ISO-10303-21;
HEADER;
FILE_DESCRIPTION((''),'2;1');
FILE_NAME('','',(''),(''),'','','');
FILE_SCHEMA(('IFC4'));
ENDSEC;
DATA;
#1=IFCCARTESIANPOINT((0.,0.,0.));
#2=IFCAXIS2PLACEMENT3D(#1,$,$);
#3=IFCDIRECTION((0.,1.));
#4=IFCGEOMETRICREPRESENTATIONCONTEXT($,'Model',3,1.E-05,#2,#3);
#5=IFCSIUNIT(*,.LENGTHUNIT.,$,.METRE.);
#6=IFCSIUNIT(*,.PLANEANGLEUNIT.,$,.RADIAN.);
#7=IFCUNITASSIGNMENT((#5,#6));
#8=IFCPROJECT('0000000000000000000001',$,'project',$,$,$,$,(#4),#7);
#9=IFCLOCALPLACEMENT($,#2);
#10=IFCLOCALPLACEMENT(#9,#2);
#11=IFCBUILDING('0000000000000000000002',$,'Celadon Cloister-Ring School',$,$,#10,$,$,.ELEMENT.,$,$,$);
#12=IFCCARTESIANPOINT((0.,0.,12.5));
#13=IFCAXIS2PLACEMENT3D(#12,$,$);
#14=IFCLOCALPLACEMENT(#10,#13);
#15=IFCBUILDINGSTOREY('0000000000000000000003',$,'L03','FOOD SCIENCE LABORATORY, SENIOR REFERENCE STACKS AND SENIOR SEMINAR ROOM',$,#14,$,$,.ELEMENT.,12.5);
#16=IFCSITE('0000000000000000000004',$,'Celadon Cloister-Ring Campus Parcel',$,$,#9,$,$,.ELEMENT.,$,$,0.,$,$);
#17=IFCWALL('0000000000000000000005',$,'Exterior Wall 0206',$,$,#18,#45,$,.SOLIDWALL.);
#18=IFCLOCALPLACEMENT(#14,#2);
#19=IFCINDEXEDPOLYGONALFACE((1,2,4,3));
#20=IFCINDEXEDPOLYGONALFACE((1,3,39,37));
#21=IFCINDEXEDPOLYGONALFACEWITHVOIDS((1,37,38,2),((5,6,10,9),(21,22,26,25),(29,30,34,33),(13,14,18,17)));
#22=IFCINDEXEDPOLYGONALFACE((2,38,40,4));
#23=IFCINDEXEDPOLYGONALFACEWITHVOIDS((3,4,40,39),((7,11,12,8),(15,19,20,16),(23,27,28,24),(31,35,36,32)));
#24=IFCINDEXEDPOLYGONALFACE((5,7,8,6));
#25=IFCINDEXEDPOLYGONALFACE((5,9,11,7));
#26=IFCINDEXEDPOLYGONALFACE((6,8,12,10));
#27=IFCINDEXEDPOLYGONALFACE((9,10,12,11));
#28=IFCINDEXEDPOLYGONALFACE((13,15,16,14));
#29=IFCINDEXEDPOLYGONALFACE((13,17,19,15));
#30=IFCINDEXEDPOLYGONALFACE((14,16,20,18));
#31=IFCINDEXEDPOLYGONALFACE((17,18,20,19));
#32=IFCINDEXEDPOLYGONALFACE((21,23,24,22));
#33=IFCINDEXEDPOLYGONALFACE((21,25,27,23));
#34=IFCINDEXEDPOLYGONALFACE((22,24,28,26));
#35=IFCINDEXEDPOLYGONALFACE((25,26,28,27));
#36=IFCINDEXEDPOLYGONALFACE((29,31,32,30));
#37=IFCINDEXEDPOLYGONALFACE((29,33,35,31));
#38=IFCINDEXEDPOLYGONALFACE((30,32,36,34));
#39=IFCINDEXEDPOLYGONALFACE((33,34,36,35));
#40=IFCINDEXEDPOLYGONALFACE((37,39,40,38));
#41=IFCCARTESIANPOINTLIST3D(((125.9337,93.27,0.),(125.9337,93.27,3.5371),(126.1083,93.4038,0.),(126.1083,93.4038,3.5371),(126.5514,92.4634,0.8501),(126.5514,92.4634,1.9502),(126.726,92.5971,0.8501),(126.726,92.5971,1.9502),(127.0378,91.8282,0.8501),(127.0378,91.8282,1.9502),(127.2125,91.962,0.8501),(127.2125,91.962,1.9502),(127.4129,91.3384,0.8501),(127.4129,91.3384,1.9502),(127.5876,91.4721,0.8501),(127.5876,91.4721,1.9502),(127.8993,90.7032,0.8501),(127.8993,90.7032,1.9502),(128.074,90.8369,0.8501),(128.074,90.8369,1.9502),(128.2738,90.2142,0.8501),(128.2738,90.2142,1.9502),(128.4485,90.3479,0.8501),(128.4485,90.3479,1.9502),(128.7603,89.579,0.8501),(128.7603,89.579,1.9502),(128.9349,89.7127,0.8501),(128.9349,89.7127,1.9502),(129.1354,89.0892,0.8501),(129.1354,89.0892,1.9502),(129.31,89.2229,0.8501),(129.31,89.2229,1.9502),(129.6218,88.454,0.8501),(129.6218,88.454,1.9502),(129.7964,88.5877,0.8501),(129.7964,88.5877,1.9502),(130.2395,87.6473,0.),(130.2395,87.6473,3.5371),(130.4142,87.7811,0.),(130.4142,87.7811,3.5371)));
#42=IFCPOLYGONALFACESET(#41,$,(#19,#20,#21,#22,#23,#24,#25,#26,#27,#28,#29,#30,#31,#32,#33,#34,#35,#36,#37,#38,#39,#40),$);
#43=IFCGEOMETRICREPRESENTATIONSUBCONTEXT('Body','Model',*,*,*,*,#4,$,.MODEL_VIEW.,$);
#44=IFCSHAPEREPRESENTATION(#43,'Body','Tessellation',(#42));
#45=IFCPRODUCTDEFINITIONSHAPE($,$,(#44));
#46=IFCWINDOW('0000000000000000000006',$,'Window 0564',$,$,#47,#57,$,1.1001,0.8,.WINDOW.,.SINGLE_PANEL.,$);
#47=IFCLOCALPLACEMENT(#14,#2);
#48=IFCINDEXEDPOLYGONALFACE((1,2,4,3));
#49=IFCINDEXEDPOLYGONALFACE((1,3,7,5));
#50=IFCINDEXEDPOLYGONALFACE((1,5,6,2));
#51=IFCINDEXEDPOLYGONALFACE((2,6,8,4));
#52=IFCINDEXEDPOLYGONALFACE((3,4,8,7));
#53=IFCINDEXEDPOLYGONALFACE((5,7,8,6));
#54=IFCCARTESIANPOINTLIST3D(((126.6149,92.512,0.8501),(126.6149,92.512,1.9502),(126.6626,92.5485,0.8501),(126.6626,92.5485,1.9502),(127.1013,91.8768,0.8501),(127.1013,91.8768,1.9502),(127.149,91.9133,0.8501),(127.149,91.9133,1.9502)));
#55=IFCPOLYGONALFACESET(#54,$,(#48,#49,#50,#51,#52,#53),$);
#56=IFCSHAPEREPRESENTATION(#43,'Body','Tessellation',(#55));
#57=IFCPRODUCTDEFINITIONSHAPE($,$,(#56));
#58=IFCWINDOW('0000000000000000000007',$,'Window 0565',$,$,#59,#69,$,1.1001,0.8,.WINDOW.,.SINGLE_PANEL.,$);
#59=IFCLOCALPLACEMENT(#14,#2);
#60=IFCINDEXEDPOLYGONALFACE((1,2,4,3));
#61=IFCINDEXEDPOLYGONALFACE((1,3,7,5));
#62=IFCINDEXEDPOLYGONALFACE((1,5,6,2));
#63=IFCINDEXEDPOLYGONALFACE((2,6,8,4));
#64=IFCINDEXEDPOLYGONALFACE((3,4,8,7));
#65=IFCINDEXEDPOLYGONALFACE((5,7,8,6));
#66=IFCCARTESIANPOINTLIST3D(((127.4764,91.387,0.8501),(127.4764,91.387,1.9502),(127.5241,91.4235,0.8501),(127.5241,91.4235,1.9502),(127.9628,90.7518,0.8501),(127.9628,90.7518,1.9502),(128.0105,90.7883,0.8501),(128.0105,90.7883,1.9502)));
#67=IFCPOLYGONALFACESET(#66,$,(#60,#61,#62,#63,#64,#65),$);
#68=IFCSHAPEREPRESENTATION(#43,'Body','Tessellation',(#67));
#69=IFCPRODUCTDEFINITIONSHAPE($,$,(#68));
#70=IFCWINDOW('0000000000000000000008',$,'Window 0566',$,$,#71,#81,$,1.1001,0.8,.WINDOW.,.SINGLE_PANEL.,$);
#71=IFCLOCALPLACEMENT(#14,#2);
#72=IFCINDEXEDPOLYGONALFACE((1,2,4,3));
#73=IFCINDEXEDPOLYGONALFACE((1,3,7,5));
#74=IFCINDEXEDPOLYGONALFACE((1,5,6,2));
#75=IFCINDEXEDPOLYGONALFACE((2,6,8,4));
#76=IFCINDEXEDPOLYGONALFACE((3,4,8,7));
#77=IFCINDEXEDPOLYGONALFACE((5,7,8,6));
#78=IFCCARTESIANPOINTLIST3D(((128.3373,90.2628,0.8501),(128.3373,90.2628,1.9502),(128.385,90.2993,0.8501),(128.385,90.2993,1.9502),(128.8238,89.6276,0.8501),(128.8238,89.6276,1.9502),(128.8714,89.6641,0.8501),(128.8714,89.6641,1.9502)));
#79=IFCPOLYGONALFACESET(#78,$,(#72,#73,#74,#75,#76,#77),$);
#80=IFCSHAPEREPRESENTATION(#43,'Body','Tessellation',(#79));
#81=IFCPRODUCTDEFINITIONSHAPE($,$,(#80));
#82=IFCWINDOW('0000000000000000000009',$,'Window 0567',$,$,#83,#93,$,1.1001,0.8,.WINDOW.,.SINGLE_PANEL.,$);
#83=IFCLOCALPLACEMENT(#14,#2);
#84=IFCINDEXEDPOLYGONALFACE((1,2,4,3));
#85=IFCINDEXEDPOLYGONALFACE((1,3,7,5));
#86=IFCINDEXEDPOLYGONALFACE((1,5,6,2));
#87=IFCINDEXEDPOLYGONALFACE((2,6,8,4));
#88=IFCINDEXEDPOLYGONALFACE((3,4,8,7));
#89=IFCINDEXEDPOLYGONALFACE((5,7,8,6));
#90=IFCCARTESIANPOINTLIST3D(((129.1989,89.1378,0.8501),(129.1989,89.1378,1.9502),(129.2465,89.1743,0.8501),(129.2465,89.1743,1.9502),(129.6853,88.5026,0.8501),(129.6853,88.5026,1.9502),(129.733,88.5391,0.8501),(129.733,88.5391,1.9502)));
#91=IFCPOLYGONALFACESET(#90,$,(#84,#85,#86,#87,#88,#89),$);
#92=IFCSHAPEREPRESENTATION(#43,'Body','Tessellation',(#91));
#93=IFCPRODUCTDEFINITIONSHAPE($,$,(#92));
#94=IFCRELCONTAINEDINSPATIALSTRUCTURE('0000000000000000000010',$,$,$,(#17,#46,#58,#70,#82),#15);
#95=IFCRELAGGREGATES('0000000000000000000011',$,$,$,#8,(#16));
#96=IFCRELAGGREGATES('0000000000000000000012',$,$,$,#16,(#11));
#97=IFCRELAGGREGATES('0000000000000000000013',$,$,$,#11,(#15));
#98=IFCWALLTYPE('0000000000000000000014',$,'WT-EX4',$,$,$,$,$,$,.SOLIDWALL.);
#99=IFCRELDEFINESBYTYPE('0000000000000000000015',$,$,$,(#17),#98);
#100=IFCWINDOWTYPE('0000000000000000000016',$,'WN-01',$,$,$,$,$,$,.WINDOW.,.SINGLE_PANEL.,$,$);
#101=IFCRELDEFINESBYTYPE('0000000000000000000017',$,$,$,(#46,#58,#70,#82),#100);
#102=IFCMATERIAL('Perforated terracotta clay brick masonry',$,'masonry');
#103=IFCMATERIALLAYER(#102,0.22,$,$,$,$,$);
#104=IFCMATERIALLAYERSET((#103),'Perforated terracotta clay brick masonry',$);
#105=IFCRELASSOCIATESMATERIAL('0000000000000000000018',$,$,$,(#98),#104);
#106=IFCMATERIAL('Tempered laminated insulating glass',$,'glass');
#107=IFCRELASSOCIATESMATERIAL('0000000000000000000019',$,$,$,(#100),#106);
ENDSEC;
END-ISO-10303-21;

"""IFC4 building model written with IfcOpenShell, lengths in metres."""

from ifc_helpers import new_model, si_unit, direction, frame, frame_2d, origin, place, context, subcontext, project, spatial, rectangle, extrude, material, layer, layer_set, type_object, element, fill, save


model = new_model("IFC4")

# Units and contexts
model_context = context("Model", 3, precision=1e-05, world=origin(), true_north=direction((0.0, 1.0)))
body_context = subcontext(model_context, "Body", "Model", "MODEL_VIEW")
ifc_project = project(units=[si_unit("LENGTHUNIT", "METRE"), si_unit("PLANEANGLEUNIT", "RADIAN")], contexts=[model_context])

# Site, building, storey
site_placement = place(None, origin())
site = spatial("IfcSite", under=ifc_project, at=site_placement, Name="Celadon Cloister-Ring Campus Parcel", CompositionType="ELEMENT", RefElevation=0.0)
building_placement = place(site_placement, origin())
building = spatial("IfcBuilding", under=site, at=building_placement, Name="Celadon Cloister-Ring School", CompositionType="ELEMENT")
storey_placement = place(building_placement, frame((0.0, 0.0, 12.5)))
storey = spatial("IfcBuildingStorey", under=building, at=storey_placement, Name="L03", Description="FOOD SCIENCE LABORATORY, SENIOR REFERENCE STACKS AND SENIOR SEMINAR ROOM", CompositionType="ELEMENT", Elevation=12.5)

# Wall, openings, windows
ifc_material_1 = material(Name="Perforated terracotta clay brick masonry", Category="masonry")
ifc_layer_1 = layer(ifc_material_1, 0.22)
ifc_layer_set_1 = layer_set([ifc_layer_1], Name="Perforated terracotta clay brick masonry")
wall_type = type_object("IfcWallType", Name="WT-EX4", PredefinedType="SOLIDWALL", material=ifc_layer_set_1)
wall_1_placement = place(storey_placement, frame((126.021, 93.3369, 0.0), z_axis=(0.0, 0.0, 1.0), x_axis=(0.607995, -0.793941, 0.0)))
wall_1 = element("IfcWall", 1, at=wall_1_placement, inside=storey, type_object=wall_type, Name="Exterior Wall 0206", PredefinedType="SOLIDWALL", context=body_context, shape_type="SweptSolid", body=[
    extrude(rectangle(XDim=7.082, YDim=0.22, at=frame_2d((3.541, 0.0))), origin(), (0.0, 0.0, 1.0), 3.5371),
])
opening_1_placement = place(wall_1_placement, frame((1.0161, 0.0, 0.8501)))
opening_1 = element("IfcOpeningElement", 2, at=opening_1_placement, cuts=wall_1, PredefinedType="OPENING", context=body_context, shape_type="SweptSolid", body=[
    extrude(rectangle(XDim=0.8, YDim=1.1001, at=frame_2d((0.3999, 0.55))), frame((0.0, 0.1201, 0.0), z_axis=(0.0, -1.0, 0.0), x_axis=(1.0, 0.0, 0.0)), (0.0, 0.0, 1.0), 0.24),
])
opening_2_placement = place(wall_1_placement, frame((2.4331, 0.0, 0.8501)))
opening_2 = element("IfcOpeningElement", 3, at=opening_2_placement, cuts=wall_1, PredefinedType="OPENING", context=body_context, shape_type="SweptSolid", body=[
    extrude(rectangle(XDim=0.8, YDim=1.1001, at=frame_2d((0.3999, 0.55))), frame((0.0, 0.1201, 0.0), z_axis=(0.0, -1.0, 0.0), x_axis=(1.0, 0.0, 0.0)), (0.0, 0.0, 1.0), 0.24),
])
opening_3_placement = place(wall_1_placement, frame((3.8491, 0.0, 0.8501)))
opening_3 = element("IfcOpeningElement", 4, at=opening_3_placement, cuts=wall_1, PredefinedType="OPENING", context=body_context, shape_type="SweptSolid", body=[
    extrude(rectangle(XDim=0.8, YDim=1.1001, at=frame_2d((0.3999, 0.55))), frame((0.0, 0.1201, 0.0), z_axis=(0.0, -1.0, 0.0), x_axis=(1.0, 0.0, 0.0)), (0.0, 0.0, 1.0), 0.24),
])
opening_4_placement = place(wall_1_placement, frame((5.2661, 0.0, 0.8501)))
opening_4 = element("IfcOpeningElement", 5, at=opening_4_placement, cuts=wall_1, PredefinedType="OPENING", context=body_context, shape_type="SweptSolid", body=[
    extrude(rectangle(XDim=0.8, YDim=1.1001, at=frame_2d((0.3999, 0.55))), frame((0.0, 0.1201, 0.0), z_axis=(0.0, -1.0, 0.0), x_axis=(1.0, 0.0, 0.0)), (0.0, 0.0, 1.0), 0.24),
])
ifc_material_2 = material(Name="Tempered laminated insulating glass", Category="glass")
window_type = type_object("IfcWindowType", Name="WN-01", PartitioningType="SINGLE_PANEL", PredefinedType="WINDOW", material=ifc_material_2)
window_1_placement = place(opening_1_placement, origin())
window_1 = element("IfcWindow", 6, at=window_1_placement, inside=storey, type_object=window_type, Name="Window 0564", OverallHeight=1.1001, OverallWidth=0.8, PartitioningType="SINGLE_PANEL", PredefinedType="WINDOW", context=body_context, shape_type="SweptSolid", body=[
    extrude(rectangle(XDim=0.8, YDim=1.1001, at=frame_2d((0.3999, 0.55))), frame((0.0, 0.03, 0.0), z_axis=(0.0, -1.0, 0.0), x_axis=(1.0, 0.0, 0.0)), (0.0, 0.0, 1.0), 0.0601),
])
fill(opening_1, window_1)
window_2_placement = place(opening_2_placement, origin())
window_2 = element("IfcWindow", 7, at=window_2_placement, inside=storey, type_object=window_type, Name="Window 0565", OverallHeight=1.1001, OverallWidth=0.8, PartitioningType="SINGLE_PANEL", PredefinedType="WINDOW", context=body_context, shape_type="SweptSolid", body=[
    extrude(rectangle(XDim=0.8, YDim=1.1001, at=frame_2d((0.3999, 0.55))), frame((0.0, 0.03, 0.0), z_axis=(0.0, -1.0, 0.0), x_axis=(1.0, 0.0, 0.0)), (0.0, 0.0, 1.0), 0.0601),
])
fill(opening_2, window_2)
window_3_placement = place(opening_3_placement, origin())
window_3 = element("IfcWindow", 8, at=window_3_placement, inside=storey, type_object=window_type, Name="Window 0566", OverallHeight=1.1001, OverallWidth=0.8, PartitioningType="SINGLE_PANEL", PredefinedType="WINDOW", context=body_context, shape_type="SweptSolid", body=[
    extrude(rectangle(XDim=0.8, YDim=1.1001, at=frame_2d((0.3999, 0.55))), frame((0.0, 0.03, 0.0), z_axis=(0.0, -1.0, 0.0), x_axis=(1.0, 0.0, 0.0)), (0.0, 0.0, 1.0), 0.0601),
])
fill(opening_3, window_3)
window_4_placement = place(opening_4_placement, origin())
window_4 = element("IfcWindow", 9, at=window_4_placement, inside=storey, type_object=window_type, Name="Window 0567", OverallHeight=1.1001, OverallWidth=0.8, PartitioningType="SINGLE_PANEL", PredefinedType="WINDOW", context=body_context, shape_type="SweptSolid", body=[
    extrude(rectangle(XDim=0.8, YDim=1.1001, at=frame_2d((0.3999, 0.55))), frame((0.0, 0.03, 0.0), z_axis=(0.0, -1.0, 0.0), x_axis=(1.0, 0.0, 0.0)), (0.0, 0.0, 1.0), 0.0601),
])
fill(opening_4, window_4)

save(model, "model.ifc")
